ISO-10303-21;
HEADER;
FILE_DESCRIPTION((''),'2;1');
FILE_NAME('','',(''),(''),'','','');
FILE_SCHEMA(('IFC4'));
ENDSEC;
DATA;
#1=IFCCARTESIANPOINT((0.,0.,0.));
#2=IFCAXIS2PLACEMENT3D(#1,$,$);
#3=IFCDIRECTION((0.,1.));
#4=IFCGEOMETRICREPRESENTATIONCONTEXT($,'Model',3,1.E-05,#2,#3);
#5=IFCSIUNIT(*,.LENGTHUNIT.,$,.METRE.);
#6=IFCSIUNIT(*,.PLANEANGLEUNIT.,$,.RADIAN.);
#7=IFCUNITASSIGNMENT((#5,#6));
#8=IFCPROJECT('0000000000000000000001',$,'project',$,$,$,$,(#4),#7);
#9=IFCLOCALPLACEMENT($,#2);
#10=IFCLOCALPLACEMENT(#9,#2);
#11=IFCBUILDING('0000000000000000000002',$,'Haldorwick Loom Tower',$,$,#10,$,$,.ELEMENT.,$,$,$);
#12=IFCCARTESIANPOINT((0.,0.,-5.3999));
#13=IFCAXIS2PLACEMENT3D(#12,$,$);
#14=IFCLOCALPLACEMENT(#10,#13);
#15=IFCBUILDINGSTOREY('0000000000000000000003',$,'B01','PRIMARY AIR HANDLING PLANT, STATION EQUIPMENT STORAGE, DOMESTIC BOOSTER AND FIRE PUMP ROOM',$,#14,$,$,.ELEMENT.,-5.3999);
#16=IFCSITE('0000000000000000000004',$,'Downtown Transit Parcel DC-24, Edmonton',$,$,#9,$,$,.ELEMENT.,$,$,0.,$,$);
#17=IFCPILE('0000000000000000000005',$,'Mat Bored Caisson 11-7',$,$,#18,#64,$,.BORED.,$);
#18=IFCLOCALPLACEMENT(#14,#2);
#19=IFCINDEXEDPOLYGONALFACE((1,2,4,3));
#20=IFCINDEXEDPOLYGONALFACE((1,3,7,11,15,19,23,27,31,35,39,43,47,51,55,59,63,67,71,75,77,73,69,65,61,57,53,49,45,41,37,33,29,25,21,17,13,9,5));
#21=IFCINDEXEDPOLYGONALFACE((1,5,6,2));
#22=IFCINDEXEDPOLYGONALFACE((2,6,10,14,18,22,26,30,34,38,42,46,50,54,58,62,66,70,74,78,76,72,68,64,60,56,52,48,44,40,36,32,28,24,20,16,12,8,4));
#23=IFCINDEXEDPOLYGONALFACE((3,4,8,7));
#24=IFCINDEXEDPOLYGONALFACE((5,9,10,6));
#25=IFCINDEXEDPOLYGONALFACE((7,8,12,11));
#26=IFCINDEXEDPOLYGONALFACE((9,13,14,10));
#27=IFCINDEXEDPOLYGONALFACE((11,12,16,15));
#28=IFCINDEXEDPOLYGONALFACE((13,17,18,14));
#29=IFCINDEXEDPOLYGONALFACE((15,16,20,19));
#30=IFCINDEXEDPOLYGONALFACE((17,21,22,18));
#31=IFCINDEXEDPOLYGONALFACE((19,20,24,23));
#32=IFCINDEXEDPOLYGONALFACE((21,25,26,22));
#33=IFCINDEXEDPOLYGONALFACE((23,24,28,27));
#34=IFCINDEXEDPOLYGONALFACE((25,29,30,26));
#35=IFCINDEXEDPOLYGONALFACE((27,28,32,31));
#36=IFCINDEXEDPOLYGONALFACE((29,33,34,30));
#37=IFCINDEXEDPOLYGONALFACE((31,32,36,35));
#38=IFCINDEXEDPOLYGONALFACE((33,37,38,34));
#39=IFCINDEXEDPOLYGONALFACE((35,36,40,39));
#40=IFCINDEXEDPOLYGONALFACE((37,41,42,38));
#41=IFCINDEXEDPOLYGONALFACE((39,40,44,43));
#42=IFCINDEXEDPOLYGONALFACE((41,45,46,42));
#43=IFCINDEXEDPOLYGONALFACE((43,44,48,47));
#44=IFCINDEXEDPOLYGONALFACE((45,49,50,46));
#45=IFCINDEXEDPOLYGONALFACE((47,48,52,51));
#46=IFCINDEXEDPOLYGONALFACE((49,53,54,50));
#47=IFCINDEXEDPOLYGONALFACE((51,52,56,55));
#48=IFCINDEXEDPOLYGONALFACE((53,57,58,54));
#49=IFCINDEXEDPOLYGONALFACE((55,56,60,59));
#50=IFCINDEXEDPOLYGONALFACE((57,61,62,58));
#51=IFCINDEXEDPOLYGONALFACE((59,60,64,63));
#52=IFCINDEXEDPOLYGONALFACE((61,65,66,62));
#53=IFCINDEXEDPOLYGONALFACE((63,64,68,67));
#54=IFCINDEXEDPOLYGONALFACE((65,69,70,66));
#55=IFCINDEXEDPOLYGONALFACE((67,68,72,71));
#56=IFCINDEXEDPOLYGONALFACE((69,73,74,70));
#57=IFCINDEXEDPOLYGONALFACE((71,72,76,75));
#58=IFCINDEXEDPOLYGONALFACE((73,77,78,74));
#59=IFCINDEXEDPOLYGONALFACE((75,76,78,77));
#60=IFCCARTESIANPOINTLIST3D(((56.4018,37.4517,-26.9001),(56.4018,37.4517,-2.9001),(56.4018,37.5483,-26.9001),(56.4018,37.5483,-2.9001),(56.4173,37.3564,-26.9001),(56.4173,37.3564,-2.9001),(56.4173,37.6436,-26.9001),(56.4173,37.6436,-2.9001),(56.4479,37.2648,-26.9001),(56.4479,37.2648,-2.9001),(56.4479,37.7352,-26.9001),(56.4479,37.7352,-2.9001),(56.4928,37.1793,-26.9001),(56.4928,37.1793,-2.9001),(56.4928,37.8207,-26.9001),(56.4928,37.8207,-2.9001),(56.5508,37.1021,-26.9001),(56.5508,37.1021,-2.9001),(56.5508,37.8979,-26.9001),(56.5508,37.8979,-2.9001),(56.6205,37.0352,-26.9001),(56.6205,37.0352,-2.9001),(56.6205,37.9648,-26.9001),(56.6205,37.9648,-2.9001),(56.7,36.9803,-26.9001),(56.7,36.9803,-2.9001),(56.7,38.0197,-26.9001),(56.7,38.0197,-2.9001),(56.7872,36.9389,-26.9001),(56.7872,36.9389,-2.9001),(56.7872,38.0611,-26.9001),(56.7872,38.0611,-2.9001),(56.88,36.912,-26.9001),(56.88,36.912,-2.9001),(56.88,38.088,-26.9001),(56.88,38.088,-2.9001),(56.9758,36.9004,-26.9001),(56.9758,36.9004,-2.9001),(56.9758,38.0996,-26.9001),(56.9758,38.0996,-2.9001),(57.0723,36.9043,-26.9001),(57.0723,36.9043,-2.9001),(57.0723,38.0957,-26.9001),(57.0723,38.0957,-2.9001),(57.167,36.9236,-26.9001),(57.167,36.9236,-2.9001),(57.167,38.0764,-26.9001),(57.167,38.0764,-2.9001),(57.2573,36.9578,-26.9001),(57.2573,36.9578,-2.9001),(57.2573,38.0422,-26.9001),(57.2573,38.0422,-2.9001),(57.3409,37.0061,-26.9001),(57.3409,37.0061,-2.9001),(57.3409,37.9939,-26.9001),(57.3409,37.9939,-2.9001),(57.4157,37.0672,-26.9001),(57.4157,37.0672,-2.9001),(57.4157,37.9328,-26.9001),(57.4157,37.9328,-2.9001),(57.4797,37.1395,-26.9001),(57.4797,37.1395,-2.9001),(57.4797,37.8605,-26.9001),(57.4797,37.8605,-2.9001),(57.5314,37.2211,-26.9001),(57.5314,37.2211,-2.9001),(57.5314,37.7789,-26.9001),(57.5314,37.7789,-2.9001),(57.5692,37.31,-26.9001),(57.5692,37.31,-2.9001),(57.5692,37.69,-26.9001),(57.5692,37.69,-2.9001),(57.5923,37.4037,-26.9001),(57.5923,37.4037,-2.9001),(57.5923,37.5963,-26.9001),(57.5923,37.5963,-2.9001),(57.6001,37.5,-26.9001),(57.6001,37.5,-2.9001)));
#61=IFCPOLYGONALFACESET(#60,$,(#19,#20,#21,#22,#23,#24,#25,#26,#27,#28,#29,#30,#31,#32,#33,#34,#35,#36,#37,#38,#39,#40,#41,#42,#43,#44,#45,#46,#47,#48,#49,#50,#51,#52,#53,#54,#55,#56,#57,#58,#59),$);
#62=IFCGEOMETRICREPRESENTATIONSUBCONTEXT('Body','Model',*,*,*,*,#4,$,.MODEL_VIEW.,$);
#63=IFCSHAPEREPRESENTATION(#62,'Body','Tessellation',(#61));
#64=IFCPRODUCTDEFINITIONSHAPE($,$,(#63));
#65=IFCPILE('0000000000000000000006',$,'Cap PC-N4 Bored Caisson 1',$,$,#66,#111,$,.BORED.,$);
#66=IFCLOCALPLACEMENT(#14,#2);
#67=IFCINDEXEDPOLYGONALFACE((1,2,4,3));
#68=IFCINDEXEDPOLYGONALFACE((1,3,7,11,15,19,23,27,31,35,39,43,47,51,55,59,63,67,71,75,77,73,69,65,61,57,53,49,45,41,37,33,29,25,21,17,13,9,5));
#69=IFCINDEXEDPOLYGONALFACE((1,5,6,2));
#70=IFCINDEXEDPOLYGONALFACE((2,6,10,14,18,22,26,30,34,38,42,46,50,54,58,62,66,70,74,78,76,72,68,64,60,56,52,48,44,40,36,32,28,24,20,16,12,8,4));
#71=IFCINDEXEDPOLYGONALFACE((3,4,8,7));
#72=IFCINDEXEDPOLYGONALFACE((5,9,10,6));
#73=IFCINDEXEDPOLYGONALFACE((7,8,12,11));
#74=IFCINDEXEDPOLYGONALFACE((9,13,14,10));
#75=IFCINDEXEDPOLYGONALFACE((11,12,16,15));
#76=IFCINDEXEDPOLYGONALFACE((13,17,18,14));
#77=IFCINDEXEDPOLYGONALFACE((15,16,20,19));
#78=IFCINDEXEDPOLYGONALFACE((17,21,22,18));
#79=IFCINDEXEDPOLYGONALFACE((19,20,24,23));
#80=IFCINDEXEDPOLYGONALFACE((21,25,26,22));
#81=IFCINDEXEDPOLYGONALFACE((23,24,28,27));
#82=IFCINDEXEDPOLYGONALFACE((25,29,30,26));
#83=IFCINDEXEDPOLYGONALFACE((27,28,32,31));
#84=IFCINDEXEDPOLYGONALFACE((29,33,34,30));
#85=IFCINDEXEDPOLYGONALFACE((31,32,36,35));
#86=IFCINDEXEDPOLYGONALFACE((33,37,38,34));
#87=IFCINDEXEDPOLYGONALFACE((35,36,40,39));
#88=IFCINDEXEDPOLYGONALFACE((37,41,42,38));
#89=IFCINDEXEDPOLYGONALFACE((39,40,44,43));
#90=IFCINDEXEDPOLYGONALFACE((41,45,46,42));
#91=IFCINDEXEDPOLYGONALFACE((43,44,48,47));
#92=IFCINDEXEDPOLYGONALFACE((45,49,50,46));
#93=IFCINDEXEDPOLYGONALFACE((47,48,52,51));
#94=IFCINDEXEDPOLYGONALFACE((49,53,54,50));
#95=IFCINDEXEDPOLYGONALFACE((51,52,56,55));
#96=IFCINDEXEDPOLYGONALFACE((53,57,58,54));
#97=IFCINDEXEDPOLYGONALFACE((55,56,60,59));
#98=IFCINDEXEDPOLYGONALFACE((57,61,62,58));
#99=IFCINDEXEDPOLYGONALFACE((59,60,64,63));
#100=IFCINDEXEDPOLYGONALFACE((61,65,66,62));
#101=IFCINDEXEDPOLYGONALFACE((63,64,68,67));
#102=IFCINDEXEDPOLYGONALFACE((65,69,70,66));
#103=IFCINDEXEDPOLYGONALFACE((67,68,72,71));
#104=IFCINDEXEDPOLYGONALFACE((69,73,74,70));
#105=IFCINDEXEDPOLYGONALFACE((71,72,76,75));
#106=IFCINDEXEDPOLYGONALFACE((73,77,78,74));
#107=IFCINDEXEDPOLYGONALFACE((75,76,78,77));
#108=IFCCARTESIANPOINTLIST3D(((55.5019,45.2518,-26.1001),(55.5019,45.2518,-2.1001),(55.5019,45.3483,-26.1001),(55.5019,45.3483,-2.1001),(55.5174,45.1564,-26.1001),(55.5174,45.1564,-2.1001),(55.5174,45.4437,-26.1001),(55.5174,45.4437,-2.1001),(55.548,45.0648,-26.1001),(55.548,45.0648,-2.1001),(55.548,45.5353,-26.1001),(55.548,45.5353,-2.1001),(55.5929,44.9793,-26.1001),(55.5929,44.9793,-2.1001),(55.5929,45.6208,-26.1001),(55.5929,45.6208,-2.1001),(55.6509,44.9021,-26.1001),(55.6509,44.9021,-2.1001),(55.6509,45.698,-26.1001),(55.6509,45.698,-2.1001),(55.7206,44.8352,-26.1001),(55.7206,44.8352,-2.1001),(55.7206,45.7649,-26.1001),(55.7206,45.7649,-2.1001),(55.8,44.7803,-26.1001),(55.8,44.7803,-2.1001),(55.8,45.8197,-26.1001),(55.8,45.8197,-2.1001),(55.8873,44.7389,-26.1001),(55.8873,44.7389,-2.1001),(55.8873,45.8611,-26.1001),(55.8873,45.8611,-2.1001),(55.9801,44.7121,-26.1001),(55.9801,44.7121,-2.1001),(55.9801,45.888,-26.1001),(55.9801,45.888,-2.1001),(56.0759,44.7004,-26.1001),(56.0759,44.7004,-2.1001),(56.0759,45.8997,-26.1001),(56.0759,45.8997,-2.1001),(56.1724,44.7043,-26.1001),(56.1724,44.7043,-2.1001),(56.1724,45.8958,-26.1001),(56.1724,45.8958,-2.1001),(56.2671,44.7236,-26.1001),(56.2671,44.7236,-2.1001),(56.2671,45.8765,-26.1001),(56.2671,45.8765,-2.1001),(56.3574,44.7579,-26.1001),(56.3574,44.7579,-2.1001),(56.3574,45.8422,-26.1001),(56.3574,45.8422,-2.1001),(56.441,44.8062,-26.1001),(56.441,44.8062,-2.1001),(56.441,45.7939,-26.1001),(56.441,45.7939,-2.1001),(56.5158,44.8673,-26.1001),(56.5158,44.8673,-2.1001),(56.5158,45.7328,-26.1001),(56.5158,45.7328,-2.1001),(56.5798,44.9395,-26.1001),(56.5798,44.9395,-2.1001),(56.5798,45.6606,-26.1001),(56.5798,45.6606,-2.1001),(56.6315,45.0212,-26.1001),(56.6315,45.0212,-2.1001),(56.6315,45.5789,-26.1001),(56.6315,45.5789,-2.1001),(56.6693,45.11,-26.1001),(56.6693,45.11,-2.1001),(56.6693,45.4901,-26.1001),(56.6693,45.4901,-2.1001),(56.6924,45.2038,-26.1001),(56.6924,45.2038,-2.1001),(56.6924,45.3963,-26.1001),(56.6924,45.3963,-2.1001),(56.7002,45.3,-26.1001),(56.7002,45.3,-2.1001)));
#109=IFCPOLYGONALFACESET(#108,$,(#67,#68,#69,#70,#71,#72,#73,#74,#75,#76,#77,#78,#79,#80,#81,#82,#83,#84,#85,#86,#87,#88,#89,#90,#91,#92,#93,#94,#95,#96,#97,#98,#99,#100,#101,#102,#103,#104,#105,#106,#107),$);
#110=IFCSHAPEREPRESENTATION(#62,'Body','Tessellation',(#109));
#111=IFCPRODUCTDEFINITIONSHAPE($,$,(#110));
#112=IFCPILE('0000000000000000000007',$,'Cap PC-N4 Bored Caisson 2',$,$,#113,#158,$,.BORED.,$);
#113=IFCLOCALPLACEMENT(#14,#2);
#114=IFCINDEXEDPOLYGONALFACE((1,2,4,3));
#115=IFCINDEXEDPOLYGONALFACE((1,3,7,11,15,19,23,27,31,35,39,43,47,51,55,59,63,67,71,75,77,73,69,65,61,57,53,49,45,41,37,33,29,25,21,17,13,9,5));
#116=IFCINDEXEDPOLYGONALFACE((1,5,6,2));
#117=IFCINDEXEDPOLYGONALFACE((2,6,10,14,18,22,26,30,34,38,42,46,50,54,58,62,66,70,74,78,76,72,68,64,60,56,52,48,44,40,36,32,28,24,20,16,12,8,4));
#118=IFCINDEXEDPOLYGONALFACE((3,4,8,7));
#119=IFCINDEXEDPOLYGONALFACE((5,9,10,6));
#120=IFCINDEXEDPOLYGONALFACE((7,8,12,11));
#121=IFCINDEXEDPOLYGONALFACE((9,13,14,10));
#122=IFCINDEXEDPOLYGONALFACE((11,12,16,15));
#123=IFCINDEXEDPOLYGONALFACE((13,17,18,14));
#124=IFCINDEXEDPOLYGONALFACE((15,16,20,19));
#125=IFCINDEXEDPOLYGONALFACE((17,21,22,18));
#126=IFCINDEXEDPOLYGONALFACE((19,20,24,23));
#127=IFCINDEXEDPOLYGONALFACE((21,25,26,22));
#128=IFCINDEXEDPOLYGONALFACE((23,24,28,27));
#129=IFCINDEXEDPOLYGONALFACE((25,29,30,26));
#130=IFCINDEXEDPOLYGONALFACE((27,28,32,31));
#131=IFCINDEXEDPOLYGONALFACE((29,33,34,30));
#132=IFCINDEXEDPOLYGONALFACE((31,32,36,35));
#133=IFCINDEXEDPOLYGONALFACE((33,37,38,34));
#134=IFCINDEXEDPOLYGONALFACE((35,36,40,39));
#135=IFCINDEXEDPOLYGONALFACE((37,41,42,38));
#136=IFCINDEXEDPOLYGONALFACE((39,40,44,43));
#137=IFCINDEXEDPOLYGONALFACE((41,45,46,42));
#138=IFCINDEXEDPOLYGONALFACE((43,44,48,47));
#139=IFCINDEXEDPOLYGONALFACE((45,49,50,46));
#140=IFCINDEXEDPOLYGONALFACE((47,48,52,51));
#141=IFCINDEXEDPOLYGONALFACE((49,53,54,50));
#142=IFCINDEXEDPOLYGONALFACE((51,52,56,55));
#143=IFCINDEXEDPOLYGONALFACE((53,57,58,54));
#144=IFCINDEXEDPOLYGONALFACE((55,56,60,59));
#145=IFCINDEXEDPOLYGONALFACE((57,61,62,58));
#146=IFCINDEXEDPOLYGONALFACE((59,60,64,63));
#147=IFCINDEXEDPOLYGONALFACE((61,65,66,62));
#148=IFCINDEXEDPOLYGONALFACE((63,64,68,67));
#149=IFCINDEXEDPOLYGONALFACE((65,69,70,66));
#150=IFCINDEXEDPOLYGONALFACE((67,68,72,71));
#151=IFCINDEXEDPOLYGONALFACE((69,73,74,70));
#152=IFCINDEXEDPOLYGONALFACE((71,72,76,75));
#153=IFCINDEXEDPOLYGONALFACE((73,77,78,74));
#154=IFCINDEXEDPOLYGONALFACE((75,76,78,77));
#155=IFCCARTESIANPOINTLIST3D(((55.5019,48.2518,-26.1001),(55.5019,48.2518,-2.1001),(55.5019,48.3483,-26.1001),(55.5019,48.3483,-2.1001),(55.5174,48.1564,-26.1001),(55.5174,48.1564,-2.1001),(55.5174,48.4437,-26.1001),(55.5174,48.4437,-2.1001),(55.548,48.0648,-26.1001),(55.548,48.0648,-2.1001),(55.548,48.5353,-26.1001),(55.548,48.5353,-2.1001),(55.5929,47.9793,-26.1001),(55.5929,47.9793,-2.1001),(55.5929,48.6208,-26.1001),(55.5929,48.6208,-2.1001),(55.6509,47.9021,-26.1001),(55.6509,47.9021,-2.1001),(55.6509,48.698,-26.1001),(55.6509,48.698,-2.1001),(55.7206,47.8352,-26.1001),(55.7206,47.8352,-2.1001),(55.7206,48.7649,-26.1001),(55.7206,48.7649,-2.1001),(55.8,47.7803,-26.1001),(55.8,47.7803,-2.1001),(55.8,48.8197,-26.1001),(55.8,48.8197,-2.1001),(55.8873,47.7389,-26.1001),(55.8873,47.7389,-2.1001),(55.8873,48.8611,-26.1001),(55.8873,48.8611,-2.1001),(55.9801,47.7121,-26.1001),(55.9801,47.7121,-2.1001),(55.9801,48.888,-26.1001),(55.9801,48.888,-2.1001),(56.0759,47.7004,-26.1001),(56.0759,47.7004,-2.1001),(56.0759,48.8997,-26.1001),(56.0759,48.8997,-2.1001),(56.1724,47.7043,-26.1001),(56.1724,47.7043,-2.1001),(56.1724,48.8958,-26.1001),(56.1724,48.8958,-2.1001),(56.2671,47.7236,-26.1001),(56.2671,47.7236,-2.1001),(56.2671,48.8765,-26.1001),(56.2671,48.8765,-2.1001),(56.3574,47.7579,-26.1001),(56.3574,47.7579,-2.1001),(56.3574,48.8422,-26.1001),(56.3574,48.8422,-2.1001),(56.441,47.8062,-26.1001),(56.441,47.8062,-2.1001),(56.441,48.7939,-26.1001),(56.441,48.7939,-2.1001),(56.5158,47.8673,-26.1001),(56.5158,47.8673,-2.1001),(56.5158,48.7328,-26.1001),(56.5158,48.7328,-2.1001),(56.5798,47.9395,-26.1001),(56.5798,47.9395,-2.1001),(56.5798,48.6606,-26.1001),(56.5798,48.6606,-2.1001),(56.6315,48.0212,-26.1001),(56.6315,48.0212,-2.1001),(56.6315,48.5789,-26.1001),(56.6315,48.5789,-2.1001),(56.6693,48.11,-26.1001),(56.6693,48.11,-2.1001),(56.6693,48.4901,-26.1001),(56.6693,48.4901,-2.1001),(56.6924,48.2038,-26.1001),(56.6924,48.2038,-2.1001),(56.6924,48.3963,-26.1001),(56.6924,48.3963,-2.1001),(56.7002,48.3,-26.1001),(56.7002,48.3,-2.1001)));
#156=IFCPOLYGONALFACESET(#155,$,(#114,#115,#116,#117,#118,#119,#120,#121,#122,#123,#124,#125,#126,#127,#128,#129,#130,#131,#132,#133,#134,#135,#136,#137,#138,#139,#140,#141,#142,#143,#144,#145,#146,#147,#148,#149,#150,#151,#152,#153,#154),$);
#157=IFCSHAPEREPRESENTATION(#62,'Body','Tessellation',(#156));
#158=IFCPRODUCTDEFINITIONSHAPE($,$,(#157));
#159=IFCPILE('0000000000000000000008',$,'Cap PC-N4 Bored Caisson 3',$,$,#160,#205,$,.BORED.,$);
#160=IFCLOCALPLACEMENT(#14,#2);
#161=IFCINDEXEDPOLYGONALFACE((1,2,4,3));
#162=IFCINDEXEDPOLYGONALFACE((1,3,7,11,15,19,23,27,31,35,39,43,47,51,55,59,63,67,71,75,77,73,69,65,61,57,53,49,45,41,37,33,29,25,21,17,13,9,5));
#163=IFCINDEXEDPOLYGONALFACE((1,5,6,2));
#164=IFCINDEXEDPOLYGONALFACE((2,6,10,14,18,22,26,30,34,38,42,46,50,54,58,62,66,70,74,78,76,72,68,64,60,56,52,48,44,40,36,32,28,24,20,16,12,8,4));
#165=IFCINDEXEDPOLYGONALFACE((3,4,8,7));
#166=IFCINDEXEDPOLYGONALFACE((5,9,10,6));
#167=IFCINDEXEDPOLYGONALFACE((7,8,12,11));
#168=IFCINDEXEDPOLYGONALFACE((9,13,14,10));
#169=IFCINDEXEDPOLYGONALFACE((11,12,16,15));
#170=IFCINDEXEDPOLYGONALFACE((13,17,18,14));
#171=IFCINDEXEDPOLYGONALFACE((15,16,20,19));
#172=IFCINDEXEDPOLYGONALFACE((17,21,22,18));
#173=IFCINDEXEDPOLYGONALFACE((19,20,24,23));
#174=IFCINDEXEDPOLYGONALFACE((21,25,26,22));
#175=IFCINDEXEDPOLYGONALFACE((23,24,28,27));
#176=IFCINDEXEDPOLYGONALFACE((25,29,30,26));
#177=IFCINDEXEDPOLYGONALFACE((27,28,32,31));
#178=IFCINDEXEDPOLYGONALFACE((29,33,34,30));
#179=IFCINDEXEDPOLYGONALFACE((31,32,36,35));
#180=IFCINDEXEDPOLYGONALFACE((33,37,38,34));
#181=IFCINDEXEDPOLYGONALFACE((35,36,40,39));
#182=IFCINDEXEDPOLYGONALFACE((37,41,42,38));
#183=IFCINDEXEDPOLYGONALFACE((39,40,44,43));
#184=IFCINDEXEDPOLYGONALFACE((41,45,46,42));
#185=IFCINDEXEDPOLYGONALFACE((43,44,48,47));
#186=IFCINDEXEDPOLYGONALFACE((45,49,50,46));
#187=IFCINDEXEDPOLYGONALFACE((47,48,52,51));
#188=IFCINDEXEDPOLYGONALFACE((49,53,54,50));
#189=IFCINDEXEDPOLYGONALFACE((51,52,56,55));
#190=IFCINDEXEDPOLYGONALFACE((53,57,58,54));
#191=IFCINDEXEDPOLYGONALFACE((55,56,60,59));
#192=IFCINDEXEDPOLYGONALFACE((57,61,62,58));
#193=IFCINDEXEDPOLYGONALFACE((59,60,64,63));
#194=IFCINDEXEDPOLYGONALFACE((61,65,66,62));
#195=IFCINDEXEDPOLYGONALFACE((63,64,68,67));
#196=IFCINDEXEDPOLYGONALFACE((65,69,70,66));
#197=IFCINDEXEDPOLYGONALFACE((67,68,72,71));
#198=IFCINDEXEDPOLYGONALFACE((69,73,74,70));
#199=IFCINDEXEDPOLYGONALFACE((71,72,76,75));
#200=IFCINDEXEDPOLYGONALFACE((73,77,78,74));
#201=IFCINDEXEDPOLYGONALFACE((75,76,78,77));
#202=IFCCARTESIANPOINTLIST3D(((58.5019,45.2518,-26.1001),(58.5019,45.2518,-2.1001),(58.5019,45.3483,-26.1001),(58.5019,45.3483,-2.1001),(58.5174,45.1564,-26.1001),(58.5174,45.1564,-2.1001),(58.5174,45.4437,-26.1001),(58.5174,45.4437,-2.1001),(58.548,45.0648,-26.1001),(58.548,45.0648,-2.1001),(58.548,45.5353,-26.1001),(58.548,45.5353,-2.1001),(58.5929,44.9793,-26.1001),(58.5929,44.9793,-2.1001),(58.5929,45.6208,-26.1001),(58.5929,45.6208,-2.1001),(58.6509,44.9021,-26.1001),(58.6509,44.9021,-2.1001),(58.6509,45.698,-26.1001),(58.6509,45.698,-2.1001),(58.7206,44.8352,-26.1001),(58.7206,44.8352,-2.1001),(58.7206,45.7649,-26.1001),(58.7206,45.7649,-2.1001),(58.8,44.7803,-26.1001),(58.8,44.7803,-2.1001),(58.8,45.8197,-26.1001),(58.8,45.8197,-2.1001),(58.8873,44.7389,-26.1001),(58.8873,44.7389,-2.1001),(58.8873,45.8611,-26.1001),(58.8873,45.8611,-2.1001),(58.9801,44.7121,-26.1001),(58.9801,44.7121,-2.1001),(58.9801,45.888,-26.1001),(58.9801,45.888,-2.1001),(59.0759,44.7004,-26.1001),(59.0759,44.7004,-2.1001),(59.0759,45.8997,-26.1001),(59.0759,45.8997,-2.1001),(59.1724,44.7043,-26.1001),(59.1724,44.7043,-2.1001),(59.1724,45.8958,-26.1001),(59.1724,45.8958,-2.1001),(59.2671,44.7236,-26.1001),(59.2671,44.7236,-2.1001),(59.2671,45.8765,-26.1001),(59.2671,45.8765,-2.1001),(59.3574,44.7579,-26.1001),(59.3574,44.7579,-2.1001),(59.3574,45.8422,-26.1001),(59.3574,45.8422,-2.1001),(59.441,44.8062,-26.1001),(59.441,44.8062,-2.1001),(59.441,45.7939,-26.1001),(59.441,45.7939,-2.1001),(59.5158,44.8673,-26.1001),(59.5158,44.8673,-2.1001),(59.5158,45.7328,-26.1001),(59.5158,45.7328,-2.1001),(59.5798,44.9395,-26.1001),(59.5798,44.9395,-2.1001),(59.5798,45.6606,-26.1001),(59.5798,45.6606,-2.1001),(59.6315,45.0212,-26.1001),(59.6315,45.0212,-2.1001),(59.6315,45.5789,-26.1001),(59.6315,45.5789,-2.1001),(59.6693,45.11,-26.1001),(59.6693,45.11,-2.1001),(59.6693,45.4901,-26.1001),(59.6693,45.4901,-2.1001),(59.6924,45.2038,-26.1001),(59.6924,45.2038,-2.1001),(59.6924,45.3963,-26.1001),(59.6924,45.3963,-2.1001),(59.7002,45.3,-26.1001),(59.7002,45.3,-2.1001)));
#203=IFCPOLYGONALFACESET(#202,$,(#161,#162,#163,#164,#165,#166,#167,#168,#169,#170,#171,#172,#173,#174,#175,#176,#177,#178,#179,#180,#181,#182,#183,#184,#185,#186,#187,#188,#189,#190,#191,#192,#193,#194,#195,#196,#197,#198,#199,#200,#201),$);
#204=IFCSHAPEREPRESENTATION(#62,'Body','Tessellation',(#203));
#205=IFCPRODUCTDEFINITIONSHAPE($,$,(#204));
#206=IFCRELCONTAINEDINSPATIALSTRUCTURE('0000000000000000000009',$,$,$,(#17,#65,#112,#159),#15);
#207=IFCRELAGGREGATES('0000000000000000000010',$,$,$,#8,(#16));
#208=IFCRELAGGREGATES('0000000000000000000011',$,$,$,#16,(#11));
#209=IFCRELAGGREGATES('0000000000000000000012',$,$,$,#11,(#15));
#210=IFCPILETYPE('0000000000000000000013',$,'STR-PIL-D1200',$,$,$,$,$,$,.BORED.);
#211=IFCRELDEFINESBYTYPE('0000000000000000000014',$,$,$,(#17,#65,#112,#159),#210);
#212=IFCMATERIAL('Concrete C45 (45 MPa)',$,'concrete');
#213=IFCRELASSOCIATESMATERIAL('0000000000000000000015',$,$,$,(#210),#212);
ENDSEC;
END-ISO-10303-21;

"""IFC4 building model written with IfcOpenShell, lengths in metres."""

from ifc_helpers import new_model, si_unit, direction, frame, origin, origin_2d, place, context, subcontext, project, spatial, circle, extrude, material, material_profile, profile_set, type_object, element, save


model = new_model("IFC4")

# Units and contexts
model_context = context("Model", 3, precision=1e-05, world=origin(), true_north=direction((0.0, 1.0)))
body_context = subcontext(model_context, "Body", "Model", "MODEL_VIEW")
ifc_project = project(units=[si_unit("LENGTHUNIT", "METRE"), si_unit("PLANEANGLEUNIT", "RADIAN")], contexts=[model_context])

# Site, building, storey
site_placement = place(None, origin())
site = spatial("IfcSite", under=ifc_project, at=site_placement, Name="Downtown Transit Parcel DC-24, Edmonton", CompositionType="ELEMENT", RefElevation=0.0)
building_placement = place(site_placement, origin())
building = spatial("IfcBuilding", under=site, at=building_placement, Name="Haldorwick Loom Tower", CompositionType="ELEMENT")
storey_placement = place(building_placement, frame((0.0, 0.0, -5.3999)))
storey = spatial("IfcBuildingStorey", under=building, at=storey_placement, Name="B01", Description="PRIMARY AIR HANDLING PLANT, STATION EQUIPMENT STORAGE, DOMESTIC BOOSTER AND FIRE PUMP ROOM", CompositionType="ELEMENT", Elevation=-5.3999)

# Shared definitions
ifc_material_1 = material(Name="Concrete C45 (45 MPa)", Category="concrete")

# Piles
ifc_material_profile_1 = material_profile(ifc_material_1, circle(Radius=0.6001, at=origin_2d()), Name="CAISSON_D1200", Category="concrete")
ifc_profile_set_1 = profile_set([ifc_material_profile_1], Name="Concrete C45 (45 MPa)")
pile_type = type_object("IfcPileType", Name="STR-PIL-D1200", PredefinedType="BORED", material=ifc_profile_set_1)
for number, where, z_axis, x_axis, name in (
    (1, (57.0, 37.5, -2.9001), (0.0, 0.0, -1.0), (1.0, 0.0, 0.0), "Mat Bored Caisson 11-7"),
    (2, (56.1001, 45.3, -2.1001), (0.0, 0.0, -1.0), (1.0, 0.0, 0.0), "Cap PC-N4 Bored Caisson 1"),
    (3, (56.1001, 48.3, -2.1001), (0.0, 0.0, -1.0), (1.0, 0.0, 0.0), "Cap PC-N4 Bored Caisson 2"),
    (4, (59.1001, 45.3, -2.1001), (0.0, 0.0, -1.0), (1.0, 0.0, 0.0), "Cap PC-N4 Bored Caisson 3"),
):
    element("IfcPile", number, at=place(storey_placement, frame(where, z_axis=z_axis, x_axis=x_axis)), inside=storey, type_object=pile_type, Name=name, PredefinedType="BORED", context=body_context, shape_type="SweptSolid", body=[
        extrude(circle(Radius=0.6001, at=origin_2d()), origin(), (0.0, 0.0, 1.0), 24.0),
    ])

save(model, "model.ifc")
